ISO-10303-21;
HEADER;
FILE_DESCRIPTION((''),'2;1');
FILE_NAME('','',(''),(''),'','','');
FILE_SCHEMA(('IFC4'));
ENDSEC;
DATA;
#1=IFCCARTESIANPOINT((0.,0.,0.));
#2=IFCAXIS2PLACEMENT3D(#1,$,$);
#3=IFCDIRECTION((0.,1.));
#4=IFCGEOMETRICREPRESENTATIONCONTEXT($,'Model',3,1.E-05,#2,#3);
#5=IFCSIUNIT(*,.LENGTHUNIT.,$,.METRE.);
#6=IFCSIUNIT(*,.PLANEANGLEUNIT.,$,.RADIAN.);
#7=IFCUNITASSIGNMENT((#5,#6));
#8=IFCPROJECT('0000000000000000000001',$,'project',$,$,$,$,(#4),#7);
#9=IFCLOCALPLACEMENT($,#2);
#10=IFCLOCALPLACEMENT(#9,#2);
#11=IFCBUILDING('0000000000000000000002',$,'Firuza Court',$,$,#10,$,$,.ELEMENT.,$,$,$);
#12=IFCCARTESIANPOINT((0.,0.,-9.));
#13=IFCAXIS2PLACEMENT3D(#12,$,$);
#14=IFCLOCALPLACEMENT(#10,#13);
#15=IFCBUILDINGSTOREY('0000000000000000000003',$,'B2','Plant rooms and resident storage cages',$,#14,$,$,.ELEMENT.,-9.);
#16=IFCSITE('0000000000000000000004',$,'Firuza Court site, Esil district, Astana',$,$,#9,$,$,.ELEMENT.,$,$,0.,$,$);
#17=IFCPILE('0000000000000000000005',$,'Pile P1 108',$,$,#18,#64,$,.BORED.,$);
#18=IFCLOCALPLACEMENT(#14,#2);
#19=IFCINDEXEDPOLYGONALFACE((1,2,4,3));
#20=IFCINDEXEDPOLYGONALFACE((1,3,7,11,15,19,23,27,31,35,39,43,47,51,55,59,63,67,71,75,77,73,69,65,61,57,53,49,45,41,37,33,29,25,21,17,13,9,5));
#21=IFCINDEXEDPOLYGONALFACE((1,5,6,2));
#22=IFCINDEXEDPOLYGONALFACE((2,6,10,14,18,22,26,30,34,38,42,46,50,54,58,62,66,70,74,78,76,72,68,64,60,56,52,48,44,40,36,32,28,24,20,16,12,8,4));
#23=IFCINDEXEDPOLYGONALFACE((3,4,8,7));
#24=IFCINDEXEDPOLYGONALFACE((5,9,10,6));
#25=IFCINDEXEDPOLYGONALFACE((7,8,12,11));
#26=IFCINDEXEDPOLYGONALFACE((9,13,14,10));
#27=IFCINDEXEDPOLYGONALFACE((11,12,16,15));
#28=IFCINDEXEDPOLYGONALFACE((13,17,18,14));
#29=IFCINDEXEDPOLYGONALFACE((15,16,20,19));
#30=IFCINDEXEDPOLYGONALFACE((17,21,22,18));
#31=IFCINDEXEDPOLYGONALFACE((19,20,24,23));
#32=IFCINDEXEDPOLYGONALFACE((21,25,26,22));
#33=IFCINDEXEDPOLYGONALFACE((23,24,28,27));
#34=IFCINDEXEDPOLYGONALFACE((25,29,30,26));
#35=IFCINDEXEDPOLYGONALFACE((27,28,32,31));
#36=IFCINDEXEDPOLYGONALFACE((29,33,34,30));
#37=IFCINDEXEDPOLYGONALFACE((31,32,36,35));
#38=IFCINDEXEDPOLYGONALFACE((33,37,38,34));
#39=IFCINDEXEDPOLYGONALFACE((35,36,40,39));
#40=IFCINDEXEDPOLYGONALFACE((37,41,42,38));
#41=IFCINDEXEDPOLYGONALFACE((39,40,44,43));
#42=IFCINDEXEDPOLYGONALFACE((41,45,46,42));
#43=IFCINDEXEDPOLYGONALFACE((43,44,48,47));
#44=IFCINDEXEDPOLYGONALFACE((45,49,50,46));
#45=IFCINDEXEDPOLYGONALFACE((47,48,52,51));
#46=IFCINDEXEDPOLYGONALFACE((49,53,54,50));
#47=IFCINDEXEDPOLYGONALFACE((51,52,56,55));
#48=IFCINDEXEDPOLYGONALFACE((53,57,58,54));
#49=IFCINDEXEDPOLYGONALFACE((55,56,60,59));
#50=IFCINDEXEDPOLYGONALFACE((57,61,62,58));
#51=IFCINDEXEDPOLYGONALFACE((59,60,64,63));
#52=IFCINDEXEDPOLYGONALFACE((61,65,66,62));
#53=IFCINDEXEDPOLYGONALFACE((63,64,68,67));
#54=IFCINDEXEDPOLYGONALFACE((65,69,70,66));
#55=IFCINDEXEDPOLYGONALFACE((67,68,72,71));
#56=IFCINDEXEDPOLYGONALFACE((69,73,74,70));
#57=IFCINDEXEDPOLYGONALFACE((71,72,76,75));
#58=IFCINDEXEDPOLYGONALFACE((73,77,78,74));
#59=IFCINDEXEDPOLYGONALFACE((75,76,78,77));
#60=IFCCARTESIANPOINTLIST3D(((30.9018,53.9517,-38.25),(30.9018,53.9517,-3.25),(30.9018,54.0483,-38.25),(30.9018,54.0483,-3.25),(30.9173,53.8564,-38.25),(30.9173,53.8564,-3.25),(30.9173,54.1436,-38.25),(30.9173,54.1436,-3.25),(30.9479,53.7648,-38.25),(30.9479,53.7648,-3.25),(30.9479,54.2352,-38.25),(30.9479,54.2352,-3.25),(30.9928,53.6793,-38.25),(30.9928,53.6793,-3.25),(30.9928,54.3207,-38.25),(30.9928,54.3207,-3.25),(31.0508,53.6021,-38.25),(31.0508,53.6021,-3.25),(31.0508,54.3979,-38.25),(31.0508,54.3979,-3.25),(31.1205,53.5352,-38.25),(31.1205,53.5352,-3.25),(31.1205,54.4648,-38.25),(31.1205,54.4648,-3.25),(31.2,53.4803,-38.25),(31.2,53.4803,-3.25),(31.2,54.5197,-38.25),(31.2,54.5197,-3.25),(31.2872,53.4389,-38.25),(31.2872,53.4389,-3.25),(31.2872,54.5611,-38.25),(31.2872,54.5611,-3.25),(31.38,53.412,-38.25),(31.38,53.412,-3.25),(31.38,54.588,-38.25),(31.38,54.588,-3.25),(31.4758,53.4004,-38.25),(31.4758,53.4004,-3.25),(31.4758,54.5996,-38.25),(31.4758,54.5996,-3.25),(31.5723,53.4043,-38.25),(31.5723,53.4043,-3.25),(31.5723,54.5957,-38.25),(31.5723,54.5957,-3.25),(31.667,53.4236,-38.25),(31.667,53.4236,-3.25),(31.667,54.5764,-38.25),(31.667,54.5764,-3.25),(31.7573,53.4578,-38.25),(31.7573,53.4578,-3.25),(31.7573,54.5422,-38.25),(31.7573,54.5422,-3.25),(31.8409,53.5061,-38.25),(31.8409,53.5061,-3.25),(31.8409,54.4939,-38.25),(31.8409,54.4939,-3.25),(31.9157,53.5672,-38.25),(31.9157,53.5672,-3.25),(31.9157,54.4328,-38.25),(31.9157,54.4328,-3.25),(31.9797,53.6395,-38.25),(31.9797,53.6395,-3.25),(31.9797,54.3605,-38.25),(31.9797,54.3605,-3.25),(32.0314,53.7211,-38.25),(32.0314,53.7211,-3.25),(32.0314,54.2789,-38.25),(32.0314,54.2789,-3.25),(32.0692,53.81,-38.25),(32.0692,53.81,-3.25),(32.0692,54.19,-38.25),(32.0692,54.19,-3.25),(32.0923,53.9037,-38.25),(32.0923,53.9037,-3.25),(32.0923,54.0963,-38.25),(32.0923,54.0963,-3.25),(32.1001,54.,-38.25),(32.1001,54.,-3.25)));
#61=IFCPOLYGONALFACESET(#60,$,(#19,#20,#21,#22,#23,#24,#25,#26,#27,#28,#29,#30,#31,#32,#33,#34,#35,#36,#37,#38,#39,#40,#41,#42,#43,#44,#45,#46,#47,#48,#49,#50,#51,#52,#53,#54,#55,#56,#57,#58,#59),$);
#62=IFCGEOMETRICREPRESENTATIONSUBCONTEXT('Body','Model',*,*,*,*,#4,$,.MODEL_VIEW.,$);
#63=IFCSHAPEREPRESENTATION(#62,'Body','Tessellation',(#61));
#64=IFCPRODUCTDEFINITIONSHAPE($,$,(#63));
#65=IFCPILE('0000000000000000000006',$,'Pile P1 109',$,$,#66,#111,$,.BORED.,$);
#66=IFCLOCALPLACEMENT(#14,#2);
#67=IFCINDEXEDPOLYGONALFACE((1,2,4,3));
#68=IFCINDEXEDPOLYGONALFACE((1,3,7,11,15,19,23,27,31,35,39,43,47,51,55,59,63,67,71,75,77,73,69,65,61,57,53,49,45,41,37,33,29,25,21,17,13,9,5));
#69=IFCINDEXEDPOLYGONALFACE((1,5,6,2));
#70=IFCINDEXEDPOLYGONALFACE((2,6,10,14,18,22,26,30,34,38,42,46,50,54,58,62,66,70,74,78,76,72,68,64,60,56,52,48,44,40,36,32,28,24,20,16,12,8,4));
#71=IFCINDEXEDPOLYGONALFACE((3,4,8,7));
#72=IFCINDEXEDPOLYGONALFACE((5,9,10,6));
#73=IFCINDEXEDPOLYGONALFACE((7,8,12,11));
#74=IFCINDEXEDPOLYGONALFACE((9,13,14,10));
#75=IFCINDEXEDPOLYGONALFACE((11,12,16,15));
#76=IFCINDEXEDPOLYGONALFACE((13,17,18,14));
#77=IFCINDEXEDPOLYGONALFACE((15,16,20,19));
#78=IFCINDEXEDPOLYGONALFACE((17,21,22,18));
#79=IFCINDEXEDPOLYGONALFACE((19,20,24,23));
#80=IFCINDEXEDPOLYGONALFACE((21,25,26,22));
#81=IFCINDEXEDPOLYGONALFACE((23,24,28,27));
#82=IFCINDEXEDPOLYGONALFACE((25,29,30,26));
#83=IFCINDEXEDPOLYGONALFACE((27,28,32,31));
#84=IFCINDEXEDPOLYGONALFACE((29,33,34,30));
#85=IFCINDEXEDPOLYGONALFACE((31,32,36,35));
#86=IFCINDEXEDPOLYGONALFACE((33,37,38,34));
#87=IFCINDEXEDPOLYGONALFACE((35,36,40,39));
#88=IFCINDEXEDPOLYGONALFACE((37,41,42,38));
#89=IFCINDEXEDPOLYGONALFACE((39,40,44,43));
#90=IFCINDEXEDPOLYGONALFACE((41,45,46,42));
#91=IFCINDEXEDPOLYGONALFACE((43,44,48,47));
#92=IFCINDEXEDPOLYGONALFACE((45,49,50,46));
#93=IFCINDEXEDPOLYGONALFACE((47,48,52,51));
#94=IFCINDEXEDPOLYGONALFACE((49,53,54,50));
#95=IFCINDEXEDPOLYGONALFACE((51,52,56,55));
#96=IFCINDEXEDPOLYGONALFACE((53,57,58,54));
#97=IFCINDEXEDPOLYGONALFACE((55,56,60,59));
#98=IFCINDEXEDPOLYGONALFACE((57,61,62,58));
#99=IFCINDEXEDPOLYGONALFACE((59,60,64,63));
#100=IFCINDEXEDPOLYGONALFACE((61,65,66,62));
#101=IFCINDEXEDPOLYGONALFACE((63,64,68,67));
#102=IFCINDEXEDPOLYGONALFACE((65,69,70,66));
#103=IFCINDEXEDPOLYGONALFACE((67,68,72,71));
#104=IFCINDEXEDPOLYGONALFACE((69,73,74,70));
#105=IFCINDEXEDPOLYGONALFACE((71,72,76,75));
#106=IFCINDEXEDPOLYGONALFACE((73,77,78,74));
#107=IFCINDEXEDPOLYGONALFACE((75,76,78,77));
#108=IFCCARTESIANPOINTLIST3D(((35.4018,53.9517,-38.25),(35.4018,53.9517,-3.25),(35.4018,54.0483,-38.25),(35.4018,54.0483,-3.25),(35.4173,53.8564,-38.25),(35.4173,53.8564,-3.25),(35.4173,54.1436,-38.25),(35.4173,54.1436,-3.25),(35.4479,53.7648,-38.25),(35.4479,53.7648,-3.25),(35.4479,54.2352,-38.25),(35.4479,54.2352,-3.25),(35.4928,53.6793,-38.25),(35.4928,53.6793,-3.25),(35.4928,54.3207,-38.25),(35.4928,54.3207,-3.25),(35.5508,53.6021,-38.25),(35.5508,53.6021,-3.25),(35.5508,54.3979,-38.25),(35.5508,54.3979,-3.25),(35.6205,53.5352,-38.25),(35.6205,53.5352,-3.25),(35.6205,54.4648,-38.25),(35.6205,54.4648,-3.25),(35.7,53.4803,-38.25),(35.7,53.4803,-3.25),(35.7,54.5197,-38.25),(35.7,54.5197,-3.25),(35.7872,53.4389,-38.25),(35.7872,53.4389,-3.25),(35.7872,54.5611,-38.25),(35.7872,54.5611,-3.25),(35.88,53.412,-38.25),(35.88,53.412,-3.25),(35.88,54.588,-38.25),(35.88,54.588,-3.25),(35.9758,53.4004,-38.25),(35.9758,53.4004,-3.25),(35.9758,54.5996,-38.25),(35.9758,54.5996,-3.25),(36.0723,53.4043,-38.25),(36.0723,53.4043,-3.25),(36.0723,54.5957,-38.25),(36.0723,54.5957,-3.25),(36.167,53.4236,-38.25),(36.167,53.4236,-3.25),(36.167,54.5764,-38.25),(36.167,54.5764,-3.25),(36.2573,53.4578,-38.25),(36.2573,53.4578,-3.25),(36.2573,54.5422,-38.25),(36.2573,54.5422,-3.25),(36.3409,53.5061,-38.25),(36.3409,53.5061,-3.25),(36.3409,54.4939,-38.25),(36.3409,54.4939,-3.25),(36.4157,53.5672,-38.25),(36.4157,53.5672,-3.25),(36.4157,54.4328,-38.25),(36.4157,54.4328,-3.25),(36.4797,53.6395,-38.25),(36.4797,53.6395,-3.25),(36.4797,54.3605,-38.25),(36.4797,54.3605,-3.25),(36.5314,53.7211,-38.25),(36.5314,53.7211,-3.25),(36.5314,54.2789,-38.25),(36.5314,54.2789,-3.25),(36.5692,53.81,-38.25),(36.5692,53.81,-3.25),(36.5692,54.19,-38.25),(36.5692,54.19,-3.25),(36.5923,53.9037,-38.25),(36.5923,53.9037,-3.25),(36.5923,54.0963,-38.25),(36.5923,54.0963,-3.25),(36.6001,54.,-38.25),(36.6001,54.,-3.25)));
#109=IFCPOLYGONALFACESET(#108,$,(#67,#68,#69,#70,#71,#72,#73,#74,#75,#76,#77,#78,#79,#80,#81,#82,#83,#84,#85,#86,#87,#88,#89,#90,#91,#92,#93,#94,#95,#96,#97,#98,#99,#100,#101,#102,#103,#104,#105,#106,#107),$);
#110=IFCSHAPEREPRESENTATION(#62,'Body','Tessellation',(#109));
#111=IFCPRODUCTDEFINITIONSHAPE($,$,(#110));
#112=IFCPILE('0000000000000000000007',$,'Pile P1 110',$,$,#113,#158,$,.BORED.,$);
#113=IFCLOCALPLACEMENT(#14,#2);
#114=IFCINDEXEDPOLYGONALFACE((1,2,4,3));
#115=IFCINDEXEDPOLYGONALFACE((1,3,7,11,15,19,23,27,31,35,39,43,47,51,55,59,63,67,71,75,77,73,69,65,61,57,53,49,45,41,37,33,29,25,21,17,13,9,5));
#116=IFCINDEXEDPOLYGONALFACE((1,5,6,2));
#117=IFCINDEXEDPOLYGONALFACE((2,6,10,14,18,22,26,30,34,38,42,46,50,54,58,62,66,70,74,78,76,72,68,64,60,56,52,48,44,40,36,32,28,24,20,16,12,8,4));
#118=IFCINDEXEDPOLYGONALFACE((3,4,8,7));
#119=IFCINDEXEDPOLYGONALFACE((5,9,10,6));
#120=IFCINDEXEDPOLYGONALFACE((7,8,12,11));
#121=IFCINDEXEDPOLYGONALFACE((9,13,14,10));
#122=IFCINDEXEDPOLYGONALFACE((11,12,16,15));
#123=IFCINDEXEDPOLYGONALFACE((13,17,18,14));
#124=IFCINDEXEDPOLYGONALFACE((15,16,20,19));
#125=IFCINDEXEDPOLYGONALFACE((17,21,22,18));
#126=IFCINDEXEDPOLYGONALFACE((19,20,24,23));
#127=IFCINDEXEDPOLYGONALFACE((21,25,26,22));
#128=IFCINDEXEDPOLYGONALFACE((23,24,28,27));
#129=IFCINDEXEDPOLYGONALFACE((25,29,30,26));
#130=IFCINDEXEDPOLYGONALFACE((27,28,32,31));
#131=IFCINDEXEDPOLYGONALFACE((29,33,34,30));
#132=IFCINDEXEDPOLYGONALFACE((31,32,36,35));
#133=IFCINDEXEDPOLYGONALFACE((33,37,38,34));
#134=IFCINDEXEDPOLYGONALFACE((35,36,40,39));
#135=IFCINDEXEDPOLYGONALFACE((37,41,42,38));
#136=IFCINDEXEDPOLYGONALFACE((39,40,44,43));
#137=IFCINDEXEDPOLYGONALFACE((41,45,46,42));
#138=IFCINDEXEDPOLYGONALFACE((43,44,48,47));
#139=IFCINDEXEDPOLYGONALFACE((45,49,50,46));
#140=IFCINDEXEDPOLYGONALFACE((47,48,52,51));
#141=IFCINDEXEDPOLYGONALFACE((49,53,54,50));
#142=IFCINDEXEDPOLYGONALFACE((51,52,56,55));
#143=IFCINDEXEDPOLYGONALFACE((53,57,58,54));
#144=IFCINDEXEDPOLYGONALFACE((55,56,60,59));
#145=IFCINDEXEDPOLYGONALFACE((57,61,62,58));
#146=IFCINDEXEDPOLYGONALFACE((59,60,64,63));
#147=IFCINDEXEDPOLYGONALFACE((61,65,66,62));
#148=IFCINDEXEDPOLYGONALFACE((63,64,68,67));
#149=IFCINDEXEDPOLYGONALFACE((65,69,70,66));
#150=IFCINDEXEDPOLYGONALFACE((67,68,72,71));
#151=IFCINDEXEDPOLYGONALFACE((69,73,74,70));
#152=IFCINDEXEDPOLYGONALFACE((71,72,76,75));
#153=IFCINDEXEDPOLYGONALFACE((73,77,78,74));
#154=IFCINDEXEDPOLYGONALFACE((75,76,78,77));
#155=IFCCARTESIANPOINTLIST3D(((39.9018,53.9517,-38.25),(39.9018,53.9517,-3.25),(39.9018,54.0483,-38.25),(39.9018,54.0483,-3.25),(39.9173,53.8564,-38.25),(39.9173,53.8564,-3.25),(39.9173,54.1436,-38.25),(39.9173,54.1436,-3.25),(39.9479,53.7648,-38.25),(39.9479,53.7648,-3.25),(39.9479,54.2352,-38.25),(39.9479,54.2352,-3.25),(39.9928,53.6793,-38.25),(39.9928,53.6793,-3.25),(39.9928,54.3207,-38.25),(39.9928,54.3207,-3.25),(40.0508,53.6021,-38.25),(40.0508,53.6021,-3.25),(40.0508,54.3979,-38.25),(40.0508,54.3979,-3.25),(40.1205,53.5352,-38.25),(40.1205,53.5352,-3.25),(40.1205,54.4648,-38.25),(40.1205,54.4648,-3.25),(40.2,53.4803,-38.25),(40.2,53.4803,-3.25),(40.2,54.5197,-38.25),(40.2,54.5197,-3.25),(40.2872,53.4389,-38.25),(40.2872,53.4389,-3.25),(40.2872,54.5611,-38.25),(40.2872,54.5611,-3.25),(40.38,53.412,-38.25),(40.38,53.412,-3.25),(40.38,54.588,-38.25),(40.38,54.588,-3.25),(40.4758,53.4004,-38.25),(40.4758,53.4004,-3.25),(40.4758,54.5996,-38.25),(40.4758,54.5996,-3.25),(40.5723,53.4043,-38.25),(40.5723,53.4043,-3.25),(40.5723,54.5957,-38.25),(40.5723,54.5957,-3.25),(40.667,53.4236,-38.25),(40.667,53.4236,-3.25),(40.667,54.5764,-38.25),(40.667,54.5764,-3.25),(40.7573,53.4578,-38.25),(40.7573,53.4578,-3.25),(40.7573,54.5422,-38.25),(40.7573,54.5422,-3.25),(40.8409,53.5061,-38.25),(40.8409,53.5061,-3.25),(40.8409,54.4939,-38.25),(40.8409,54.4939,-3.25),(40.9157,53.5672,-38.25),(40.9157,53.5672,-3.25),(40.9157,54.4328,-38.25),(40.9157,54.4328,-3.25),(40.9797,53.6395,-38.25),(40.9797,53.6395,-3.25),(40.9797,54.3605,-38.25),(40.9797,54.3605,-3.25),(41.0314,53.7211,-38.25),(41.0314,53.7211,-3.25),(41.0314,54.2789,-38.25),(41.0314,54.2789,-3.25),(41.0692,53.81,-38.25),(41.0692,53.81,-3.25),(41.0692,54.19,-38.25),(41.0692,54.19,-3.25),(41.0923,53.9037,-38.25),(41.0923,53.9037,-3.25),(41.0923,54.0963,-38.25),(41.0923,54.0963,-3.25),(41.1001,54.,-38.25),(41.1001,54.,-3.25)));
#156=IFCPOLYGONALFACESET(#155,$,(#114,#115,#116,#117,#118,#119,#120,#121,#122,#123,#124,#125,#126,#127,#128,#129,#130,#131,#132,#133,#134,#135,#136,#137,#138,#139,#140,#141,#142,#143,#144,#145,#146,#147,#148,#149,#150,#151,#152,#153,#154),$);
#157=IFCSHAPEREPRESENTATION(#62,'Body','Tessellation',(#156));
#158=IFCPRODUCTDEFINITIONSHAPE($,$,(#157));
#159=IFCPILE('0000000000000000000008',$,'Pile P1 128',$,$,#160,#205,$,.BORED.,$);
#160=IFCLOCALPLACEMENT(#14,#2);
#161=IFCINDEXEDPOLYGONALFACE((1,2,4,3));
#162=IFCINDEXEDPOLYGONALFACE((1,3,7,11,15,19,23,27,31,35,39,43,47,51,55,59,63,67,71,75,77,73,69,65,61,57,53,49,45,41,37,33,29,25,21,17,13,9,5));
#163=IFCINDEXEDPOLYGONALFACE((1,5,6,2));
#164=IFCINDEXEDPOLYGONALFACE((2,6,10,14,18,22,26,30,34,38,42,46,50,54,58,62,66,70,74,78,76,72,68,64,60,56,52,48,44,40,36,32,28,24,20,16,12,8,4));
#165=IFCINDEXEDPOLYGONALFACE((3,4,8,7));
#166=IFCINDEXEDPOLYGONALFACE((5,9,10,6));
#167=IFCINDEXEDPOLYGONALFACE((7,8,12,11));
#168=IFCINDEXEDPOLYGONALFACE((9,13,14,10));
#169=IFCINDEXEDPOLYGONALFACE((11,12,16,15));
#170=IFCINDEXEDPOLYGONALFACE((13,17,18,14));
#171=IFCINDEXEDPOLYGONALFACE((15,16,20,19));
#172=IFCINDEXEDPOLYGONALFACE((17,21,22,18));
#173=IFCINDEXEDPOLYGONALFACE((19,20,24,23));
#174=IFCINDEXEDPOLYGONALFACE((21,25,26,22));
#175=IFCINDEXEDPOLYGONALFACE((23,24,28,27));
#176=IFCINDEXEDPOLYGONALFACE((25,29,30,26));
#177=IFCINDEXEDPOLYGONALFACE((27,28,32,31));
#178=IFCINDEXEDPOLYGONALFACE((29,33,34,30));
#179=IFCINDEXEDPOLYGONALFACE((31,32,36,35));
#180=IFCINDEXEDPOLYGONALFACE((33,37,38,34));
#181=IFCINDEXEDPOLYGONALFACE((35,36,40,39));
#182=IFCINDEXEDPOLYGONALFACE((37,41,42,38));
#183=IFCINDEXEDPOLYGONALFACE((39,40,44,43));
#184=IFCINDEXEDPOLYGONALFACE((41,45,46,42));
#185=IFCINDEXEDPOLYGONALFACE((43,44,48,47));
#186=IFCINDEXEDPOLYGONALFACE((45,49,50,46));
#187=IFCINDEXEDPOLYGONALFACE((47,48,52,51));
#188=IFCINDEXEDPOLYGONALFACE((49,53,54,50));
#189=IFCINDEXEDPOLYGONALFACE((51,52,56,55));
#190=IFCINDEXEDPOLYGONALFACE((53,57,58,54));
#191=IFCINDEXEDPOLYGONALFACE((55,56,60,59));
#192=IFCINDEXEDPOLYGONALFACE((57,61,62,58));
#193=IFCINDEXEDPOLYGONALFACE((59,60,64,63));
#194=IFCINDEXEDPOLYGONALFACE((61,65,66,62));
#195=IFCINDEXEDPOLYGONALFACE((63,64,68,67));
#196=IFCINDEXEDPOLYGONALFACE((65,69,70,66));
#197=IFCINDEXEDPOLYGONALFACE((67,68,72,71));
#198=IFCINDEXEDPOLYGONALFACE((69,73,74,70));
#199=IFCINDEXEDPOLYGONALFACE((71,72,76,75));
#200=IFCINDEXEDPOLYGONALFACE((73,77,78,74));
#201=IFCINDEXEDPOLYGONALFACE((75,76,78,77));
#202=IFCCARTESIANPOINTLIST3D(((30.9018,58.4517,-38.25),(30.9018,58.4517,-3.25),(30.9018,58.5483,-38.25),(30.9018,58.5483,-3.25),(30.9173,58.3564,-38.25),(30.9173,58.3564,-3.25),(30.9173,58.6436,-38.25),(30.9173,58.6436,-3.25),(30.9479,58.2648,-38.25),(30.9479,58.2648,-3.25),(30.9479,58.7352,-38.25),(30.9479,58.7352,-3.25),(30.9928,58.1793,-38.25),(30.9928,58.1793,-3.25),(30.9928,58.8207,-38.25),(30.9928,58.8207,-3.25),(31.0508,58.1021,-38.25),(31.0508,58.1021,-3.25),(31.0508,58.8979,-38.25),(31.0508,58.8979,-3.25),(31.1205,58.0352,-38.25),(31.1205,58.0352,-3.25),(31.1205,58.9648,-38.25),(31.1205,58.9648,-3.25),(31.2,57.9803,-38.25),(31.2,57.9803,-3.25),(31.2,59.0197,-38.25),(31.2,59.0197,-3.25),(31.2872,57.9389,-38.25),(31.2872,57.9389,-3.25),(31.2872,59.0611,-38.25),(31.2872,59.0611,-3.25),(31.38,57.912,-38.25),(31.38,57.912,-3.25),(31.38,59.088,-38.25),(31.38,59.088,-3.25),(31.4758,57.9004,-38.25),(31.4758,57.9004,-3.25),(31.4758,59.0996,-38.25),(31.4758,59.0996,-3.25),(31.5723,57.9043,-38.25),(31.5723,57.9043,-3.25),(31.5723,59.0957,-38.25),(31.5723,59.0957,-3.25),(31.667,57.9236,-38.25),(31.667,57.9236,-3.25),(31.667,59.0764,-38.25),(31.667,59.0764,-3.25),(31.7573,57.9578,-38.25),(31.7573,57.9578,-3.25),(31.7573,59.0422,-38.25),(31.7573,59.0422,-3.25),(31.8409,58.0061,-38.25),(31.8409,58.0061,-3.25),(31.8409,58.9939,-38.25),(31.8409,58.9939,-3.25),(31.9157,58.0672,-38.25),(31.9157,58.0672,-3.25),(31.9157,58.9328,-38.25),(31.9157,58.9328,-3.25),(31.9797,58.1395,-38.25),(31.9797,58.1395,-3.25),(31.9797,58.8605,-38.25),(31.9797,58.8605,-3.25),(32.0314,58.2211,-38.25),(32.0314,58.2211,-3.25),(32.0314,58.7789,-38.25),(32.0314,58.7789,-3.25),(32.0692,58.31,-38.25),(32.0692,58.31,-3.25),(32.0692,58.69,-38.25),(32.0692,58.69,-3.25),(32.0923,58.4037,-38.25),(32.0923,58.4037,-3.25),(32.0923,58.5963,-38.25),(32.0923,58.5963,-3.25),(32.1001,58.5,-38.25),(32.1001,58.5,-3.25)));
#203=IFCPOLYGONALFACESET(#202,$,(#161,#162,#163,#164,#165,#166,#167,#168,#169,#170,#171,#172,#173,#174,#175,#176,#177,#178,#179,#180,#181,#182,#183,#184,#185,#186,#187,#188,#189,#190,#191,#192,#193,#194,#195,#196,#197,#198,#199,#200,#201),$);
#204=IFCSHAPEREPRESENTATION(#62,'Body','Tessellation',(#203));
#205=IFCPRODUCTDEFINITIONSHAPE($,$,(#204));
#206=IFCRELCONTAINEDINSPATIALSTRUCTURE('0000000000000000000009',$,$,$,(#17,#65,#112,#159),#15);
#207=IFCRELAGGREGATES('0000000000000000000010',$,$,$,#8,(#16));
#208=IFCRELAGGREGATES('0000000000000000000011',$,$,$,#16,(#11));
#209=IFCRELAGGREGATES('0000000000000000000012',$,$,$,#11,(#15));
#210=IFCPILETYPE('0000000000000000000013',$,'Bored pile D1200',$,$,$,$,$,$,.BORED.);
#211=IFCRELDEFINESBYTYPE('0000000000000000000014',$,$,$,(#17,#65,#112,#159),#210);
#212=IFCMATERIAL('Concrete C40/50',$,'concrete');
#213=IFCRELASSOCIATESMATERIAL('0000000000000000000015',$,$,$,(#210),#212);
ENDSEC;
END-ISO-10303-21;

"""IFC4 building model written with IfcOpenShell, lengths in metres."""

from ifc_helpers import new_model, si_unit, direction, frame, origin, origin_2d, place, context, subcontext, project, spatial, circle, extrude, material, material_profile, profile_set, type_object, element, save


model = new_model("IFC4")

# Units and contexts
model_context = context("Model", 3, precision=1e-05, world=origin(), true_north=direction((0.0, 1.0)))
body_context = subcontext(model_context, "Body", "Model", "MODEL_VIEW")
ifc_project = project(units=[si_unit("LENGTHUNIT", "METRE"), si_unit("PLANEANGLEUNIT", "RADIAN")], contexts=[model_context])

# Site, building, storey
site_placement = place(None, origin())
site = spatial("IfcSite", under=ifc_project, at=site_placement, Name="Firuza Court site, Esil district, Astana", CompositionType="ELEMENT", RefElevation=0.0)
building_placement = place(site_placement, origin())
building = spatial("IfcBuilding", under=site, at=building_placement, Name="Firuza Court", CompositionType="ELEMENT")
storey_placement = place(building_placement, frame((0.0, 0.0, -9.0)))
storey = spatial("IfcBuildingStorey", under=building, at=storey_placement, Name="B2", Description="Plant rooms and resident storage cages", CompositionType="ELEMENT", Elevation=-9.0)

# Piles
ifc_material_1 = material(Name="Concrete C40/50", Category="concrete")
ifc_material_profile_1 = material_profile(ifc_material_1, circle(Radius=0.6001, at=origin_2d()), Name="Pile D1200")
ifc_profile_set_1 = profile_set([ifc_material_profile_1], Name="Concrete C40/50")
pile_type = type_object("IfcPileType", Name="Bored pile D1200", PredefinedType="BORED", material=ifc_profile_set_1)
for number, where, z_axis, x_axis, name in (
    (1, (31.5, 54.0, -3.25), (0.0, 0.0, -1.0), (1.0, 0.0, 0.0), "Pile P1 108"),
    (2, (36.0, 54.0, -3.25), (0.0, 0.0, -1.0), (1.0, 0.0, 0.0), "Pile P1 109"),
    (3, (40.5, 54.0, -3.25), (0.0, 0.0, -1.0), (1.0, 0.0, 0.0), "Pile P1 110"),
    (4, (31.5, 58.5, -3.25), (0.0, 0.0, -1.0), (1.0, 0.0, 0.0), "Pile P1 128"),
):
    element("IfcPile", number, at=place(storey_placement, frame(where, z_axis=z_axis, x_axis=x_axis)), inside=storey, type_object=pile_type, Name=name, PredefinedType="BORED", context=body_context, shape_type="SweptSolid", body=[
        extrude(circle(Radius=0.6001, at=origin_2d()), origin(), (0.0, 0.0, 1.0), 35.0),
    ])

save(model, "model.ifc")
